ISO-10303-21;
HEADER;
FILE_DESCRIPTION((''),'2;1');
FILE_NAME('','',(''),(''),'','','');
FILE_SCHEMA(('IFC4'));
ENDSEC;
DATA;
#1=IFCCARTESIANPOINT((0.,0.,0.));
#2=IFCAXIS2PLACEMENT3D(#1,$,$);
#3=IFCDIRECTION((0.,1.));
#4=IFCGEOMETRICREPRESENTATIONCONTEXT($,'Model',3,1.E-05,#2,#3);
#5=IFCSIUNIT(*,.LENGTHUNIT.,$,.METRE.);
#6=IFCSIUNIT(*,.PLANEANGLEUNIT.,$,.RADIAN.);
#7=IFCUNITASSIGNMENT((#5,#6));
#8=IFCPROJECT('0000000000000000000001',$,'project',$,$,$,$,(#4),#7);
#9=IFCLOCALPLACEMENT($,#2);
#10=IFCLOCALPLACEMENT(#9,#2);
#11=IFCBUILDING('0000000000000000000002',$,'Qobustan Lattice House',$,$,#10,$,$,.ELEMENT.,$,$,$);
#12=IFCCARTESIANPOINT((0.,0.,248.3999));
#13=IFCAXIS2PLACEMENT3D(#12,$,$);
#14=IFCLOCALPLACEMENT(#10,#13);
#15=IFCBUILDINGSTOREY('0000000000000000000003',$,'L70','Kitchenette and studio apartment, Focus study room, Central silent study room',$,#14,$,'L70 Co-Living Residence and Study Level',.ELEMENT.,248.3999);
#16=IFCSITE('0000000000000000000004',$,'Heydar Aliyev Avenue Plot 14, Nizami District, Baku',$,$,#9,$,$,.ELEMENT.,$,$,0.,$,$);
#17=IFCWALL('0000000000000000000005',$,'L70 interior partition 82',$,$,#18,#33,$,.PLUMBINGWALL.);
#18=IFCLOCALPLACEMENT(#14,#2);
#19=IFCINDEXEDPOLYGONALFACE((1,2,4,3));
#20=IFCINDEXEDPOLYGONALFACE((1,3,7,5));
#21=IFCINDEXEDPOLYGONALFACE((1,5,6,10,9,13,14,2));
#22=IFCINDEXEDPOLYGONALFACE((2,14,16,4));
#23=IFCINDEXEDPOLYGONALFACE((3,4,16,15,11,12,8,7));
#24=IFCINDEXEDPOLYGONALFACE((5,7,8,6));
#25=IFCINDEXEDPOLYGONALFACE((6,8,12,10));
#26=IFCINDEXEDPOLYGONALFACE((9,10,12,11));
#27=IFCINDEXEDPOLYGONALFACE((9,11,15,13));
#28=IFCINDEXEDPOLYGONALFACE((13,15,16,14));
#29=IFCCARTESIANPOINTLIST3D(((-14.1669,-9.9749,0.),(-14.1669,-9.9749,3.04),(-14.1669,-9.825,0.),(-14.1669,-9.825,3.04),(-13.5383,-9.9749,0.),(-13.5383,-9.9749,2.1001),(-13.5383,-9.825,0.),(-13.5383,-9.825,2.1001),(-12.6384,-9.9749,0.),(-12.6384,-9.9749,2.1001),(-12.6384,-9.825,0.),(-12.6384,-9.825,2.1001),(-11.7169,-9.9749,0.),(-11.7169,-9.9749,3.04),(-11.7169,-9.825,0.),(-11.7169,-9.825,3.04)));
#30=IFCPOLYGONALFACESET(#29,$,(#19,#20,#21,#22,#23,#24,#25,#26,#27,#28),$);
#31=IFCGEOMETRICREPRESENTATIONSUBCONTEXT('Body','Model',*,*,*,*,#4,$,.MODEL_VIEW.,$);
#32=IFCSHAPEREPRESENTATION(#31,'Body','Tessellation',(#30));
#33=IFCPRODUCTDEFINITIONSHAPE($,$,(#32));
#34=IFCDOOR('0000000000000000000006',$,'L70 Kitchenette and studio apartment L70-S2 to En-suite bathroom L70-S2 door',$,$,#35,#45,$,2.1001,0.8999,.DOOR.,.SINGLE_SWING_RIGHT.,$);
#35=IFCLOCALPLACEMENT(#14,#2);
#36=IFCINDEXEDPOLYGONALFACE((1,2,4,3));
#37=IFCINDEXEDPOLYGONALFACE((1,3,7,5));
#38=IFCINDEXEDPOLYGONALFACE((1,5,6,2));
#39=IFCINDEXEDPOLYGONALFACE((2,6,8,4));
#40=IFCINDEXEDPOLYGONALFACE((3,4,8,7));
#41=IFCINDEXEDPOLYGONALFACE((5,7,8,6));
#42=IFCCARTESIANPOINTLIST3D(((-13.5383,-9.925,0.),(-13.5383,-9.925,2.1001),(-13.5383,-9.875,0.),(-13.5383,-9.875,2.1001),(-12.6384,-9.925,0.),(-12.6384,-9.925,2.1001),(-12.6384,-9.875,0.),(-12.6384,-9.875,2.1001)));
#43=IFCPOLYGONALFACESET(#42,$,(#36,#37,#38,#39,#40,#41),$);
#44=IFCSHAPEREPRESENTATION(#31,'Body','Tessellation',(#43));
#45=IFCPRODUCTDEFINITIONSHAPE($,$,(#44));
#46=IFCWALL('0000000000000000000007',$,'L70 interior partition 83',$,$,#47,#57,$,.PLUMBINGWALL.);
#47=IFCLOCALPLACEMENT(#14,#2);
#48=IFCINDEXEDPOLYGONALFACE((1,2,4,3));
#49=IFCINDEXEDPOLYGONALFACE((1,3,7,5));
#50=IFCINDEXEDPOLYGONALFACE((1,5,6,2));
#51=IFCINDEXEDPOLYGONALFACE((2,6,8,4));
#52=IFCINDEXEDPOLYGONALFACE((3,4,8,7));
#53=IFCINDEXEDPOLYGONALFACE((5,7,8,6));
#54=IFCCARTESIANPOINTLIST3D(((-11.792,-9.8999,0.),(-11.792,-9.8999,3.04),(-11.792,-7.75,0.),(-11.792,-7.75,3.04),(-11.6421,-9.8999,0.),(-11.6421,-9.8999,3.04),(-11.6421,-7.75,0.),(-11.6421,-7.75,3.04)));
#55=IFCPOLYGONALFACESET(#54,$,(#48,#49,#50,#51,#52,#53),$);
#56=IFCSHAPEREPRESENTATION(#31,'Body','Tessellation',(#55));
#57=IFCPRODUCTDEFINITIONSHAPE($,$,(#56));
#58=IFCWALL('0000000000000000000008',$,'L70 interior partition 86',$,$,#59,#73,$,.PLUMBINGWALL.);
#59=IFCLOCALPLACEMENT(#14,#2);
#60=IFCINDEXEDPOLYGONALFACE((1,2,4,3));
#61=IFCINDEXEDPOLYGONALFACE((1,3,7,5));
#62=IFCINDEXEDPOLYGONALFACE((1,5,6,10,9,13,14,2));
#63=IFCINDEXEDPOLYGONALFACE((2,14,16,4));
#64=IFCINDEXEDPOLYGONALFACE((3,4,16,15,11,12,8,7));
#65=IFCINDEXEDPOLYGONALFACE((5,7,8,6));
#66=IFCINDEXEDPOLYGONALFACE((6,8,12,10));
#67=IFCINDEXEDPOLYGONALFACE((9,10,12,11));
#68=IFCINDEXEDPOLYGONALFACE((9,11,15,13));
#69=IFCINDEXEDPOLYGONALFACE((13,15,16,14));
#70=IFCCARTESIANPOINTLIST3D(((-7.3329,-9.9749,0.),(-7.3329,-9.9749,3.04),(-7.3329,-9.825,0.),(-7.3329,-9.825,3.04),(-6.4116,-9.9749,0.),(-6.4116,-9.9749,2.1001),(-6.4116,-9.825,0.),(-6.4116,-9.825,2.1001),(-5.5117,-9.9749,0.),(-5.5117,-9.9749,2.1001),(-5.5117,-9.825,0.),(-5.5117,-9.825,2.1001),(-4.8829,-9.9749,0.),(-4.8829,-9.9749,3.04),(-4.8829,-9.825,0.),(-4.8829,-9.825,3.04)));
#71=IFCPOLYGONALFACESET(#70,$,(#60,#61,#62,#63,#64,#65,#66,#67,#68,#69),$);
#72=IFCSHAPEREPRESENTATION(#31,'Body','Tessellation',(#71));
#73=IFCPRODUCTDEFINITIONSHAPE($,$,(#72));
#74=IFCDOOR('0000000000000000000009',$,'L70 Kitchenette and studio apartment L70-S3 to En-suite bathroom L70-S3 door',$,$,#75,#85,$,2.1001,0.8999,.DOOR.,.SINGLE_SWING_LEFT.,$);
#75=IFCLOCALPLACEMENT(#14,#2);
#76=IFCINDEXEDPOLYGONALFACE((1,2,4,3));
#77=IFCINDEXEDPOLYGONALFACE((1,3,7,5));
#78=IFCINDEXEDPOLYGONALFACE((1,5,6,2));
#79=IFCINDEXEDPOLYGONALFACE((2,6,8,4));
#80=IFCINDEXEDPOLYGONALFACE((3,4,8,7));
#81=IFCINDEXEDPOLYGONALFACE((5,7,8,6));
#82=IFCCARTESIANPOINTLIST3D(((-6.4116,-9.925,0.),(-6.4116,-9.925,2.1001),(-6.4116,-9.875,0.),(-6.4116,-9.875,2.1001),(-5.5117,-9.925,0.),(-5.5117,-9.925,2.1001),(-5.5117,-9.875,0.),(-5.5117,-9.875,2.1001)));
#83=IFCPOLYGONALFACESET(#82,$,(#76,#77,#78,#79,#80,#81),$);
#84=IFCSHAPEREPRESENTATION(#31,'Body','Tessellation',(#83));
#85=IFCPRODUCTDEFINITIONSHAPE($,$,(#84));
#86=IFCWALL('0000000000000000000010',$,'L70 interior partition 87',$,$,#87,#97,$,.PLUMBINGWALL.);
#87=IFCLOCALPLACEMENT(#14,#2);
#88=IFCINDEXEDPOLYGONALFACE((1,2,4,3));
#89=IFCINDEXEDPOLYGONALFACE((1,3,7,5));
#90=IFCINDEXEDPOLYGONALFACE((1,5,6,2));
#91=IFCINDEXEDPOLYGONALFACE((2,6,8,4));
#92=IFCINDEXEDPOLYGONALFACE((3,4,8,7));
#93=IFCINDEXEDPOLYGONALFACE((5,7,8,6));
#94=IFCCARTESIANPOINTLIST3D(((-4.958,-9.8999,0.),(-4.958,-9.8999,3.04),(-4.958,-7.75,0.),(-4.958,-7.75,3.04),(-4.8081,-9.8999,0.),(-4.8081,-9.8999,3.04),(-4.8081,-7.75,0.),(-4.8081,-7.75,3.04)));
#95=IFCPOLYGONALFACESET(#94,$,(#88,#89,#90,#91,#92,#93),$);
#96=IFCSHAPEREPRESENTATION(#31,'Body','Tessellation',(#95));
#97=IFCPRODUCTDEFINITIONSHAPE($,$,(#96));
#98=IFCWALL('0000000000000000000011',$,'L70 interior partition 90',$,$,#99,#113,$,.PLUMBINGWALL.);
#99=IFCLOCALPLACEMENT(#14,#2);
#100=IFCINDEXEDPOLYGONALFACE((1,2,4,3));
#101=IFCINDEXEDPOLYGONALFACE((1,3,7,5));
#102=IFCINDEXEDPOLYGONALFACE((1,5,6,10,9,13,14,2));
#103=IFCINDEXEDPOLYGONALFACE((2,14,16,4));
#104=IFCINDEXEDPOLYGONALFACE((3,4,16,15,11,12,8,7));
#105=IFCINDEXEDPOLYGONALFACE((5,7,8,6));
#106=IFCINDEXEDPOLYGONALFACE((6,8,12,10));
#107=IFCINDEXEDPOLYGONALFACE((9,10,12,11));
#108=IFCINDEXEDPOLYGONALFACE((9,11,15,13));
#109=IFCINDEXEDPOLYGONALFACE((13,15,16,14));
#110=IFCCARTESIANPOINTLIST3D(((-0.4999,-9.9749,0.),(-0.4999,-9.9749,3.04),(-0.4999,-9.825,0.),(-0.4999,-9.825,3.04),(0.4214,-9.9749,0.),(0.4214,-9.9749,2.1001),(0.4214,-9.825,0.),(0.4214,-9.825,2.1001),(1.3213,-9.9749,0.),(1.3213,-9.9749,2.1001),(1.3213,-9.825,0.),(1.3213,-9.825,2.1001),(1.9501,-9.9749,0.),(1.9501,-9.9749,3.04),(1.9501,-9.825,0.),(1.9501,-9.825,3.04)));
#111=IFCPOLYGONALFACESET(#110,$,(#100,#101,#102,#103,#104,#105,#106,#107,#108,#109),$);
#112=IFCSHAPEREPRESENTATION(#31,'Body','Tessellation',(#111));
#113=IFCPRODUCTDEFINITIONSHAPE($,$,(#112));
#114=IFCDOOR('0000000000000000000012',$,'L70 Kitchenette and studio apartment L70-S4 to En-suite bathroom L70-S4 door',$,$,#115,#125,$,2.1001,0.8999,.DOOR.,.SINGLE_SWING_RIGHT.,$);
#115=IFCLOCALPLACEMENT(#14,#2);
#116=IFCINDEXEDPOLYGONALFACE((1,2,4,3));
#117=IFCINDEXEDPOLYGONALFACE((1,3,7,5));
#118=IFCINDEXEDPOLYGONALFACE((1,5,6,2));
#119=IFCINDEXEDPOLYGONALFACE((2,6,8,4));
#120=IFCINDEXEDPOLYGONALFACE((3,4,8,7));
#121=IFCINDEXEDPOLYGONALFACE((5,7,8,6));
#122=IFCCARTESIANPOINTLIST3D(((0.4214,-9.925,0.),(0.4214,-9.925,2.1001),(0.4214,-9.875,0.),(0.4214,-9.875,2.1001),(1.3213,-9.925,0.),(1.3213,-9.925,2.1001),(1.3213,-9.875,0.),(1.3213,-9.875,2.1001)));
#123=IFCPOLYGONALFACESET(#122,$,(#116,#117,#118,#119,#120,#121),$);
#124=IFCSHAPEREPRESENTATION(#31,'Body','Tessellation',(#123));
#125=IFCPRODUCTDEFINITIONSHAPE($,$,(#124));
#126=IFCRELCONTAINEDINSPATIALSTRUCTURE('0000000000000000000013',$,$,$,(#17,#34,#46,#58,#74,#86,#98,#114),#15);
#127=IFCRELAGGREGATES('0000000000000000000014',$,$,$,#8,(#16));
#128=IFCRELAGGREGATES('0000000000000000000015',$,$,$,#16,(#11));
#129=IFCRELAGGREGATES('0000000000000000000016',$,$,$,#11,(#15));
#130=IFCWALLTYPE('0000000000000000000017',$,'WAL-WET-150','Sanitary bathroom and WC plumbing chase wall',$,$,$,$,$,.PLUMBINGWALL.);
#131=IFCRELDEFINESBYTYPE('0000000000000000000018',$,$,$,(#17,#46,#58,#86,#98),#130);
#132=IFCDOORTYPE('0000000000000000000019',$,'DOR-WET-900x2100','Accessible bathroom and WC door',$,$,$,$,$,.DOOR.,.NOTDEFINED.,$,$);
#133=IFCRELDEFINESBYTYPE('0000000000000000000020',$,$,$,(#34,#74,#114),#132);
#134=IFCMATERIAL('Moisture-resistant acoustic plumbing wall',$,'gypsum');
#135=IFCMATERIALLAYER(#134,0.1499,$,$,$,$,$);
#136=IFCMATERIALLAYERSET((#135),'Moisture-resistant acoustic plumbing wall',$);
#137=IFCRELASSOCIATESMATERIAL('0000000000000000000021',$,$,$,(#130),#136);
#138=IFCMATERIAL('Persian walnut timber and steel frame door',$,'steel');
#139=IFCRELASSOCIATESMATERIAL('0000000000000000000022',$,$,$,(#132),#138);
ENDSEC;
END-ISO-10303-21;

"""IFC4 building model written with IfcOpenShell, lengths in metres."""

from ifc_helpers import new_model, si_unit, direction, frame, frame_2d, origin, place, context, subcontext, project, spatial, rectangle, extrude, material, layer, layer_set, type_object, element, fill, save


model = new_model("IFC4")

# Units and contexts
model_context = context("Model", 3, precision=1e-05, world=origin(), true_north=direction((0.0, 1.0)))
body_context = subcontext(model_context, "Body", "Model", "MODEL_VIEW")
ifc_project = project(units=[si_unit("LENGTHUNIT", "METRE"), si_unit("PLANEANGLEUNIT", "RADIAN")], contexts=[model_context])

# Site, building, storey
site_placement = place(None, origin())
site = spatial("IfcSite", under=ifc_project, at=site_placement, Name="Heydar Aliyev Avenue Plot 14, Nizami District, Baku", CompositionType="ELEMENT", RefElevation=0.0)
building_placement = place(site_placement, origin())
building = spatial("IfcBuilding", under=site, at=building_placement, Name="Qobustan Lattice House", CompositionType="ELEMENT")
storey_placement = place(building_placement, frame((0.0, 0.0, 248.3999)))
storey = spatial("IfcBuildingStorey", under=building, at=storey_placement, Name="L70", Description="Kitchenette and studio apartment, Focus study room, Central silent study room", LongName="L70 Co-Living Residence and Study Level", CompositionType="ELEMENT", Elevation=248.3999)

# Wall, opening, door
ifc_material_1 = material(Name="Moisture-resistant acoustic plumbing wall", Category="gypsum")
ifc_layer_1 = layer(ifc_material_1, 0.1499)
ifc_layer_set_1 = layer_set([ifc_layer_1], Name="Moisture-resistant acoustic plumbing wall")
wall_type_1 = type_object("IfcWallType", Name="WAL-WET-150", Description="Sanitary bathroom and WC plumbing chase wall", PredefinedType="PLUMBINGWALL", material=ifc_layer_set_1)
wall_1_placement = place(storey_placement, frame((-14.167, -9.8999, 0.0), z_axis=(0.0, 0.0, 1.0), x_axis=(1.0, 0.0, 0.0)))
wall_1 = element("IfcWall", 1, at=wall_1_placement, inside=storey, type_object=wall_type_1, Name="L70 interior partition 82", PredefinedType="PLUMBINGWALL", context=body_context, shape_type="SweptSolid", body=[
    extrude(rectangle(XDim=2.45, YDim=0.1499, at=frame_2d((1.2251, 0.0))), origin(), (0.0, 0.0, 1.0), 3.04),
])
opening_1_placement = place(wall_1_placement, frame((0.6287, 0.0, 0.0)))
opening_1 = element("IfcOpeningElement", 2, at=opening_1_placement, cuts=wall_1, PredefinedType="OPENING", context=body_context, shape_type="SweptSolid", body=[
    extrude(rectangle(XDim=0.8999, YDim=2.1001, at=frame_2d((0.45, 1.05))), frame((0.0, 0.085, 0.0), z_axis=(0.0, -1.0, 0.0), x_axis=(1.0, 0.0, 0.0)), (0.0, 0.0, 1.0), 0.1699),
])
ifc_material_2 = material(Name="Persian walnut timber and steel frame door", Category="steel")
door_type_1 = type_object("IfcDoorType", Name="DOR-WET-900x2100", Description="Accessible bathroom and WC door", OperationType="NOTDEFINED", PredefinedType="DOOR", material=ifc_material_2)
door_1_placement = place(opening_1_placement, origin())
door_1 = element("IfcDoor", 3, at=door_1_placement, inside=storey, type_object=door_type_1, Name="L70 Kitchenette and studio apartment L70-S2 to En-suite bathroom L70-S2 door", OperationType="SINGLE_SWING_RIGHT", OverallHeight=2.1001, OverallWidth=0.8999, PredefinedType="DOOR", context=body_context, shape_type="SweptSolid", body=[
    extrude(rectangle(XDim=0.8999, YDim=2.1001, at=frame_2d((0.45, 1.05))), frame((0.0, 0.0249, 0.0), z_axis=(0.0, -1.0, 0.0), x_axis=(1.0, 0.0, 0.0)), (0.0, 0.0, 1.0), 0.05),
])
fill(opening_1, door_1)

# Wall
wall_2_placement = place(storey_placement, frame((-11.717, -9.8999, 0.0), z_axis=(0.0, 0.0, 1.0), x_axis=(0.0, 1.0, 0.0)))
element("IfcWall", 4, at=wall_2_placement, inside=storey, type_object=wall_type_1, Name="L70 interior partition 83", PredefinedType="PLUMBINGWALL", context=body_context, shape_type="SweptSolid", body=[
    extrude(rectangle(XDim=2.1499, YDim=0.1499, at=frame_2d((1.075, 0.0))), origin(), (0.0, 0.0, 1.0), 3.04),
])

# Wall, opening, door
wall_3_placement = place(storey_placement, frame((-7.333, -9.8999, 0.0), z_axis=(0.0, 0.0, 1.0), x_axis=(1.0, 0.0, 0.0)))
wall_3 = element("IfcWall", 5, at=wall_3_placement, inside=storey, type_object=wall_type_1, Name="L70 interior partition 86", PredefinedType="PLUMBINGWALL", context=body_context, shape_type="SweptSolid", body=[
    extrude(rectangle(XDim=2.45, YDim=0.1499, at=frame_2d((1.2251, 0.0))), origin(), (0.0, 0.0, 1.0), 3.04),
])
opening_2_placement = place(wall_3_placement, frame((0.9214, 0.0, 0.0)))
opening_2 = element("IfcOpeningElement", 6, at=opening_2_placement, cuts=wall_3, PredefinedType="OPENING", context=body_context, shape_type="SweptSolid", body=[
    extrude(rectangle(XDim=0.8999, YDim=2.1001, at=frame_2d((0.45, 1.05))), frame((0.0, 0.085, 0.0), z_axis=(0.0, -1.0, 0.0), x_axis=(1.0, 0.0, 0.0)), (0.0, 0.0, 1.0), 0.1699),
])
door_2_placement = place(opening_2_placement, origin())
door_2 = element("IfcDoor", 7, at=door_2_placement, inside=storey, type_object=door_type_1, Name="L70 Kitchenette and studio apartment L70-S3 to En-suite bathroom L70-S3 door", OperationType="SINGLE_SWING_LEFT", OverallHeight=2.1001, OverallWidth=0.8999, PredefinedType="DOOR", context=body_context, shape_type="SweptSolid", body=[
    extrude(rectangle(XDim=0.8999, YDim=2.1001, at=frame_2d((0.45, 1.05))), frame((0.0, 0.0249, 0.0), z_axis=(0.0, -1.0, 0.0), x_axis=(1.0, 0.0, 0.0)), (0.0, 0.0, 1.0), 0.05),
])
fill(opening_2, door_2)

# Wall
wall_4_placement = place(storey_placement, frame((-4.8831, -9.8999, 0.0), z_axis=(0.0, 0.0, 1.0), x_axis=(0.0, 1.0, 0.0)))
element("IfcWall", 8, at=wall_4_placement, inside=storey, type_object=wall_type_1, Name="L70 interior partition 87", PredefinedType="PLUMBINGWALL", context=body_context, shape_type="SweptSolid", body=[
    extrude(rectangle(XDim=2.1499, YDim=0.1499, at=frame_2d((1.075, 0.0))), origin(), (0.0, 0.0, 1.0), 3.04),
])

# Wall, opening, door
wall_5_placement = place(storey_placement, frame((-0.5, -9.8999, 0.0), z_axis=(0.0, 0.0, 1.0), x_axis=(1.0, 0.0, 0.0)))
wall_5 = element("IfcWall", 9, at=wall_5_placement, inside=storey, type_object=wall_type_1, Name="L70 interior partition 90", PredefinedType="PLUMBINGWALL", context=body_context, shape_type="SweptSolid", body=[
    extrude(rectangle(XDim=2.45, YDim=0.1499, at=frame_2d((1.2251, 0.0))), origin(), (0.0, 0.0, 1.0), 3.04),
])
opening_3_placement = place(wall_5_placement, frame((0.9214, 0.0, 0.0)))
opening_3 = element("IfcOpeningElement", 10, at=opening_3_placement, cuts=wall_5, PredefinedType="OPENING", context=body_context, shape_type="SweptSolid", body=[
    extrude(rectangle(XDim=0.8999, YDim=2.1001, at=frame_2d((0.45, 1.05))), frame((0.0, 0.085, 0.0), z_axis=(0.0, -1.0, 0.0), x_axis=(1.0, 0.0, 0.0)), (0.0, 0.0, 1.0), 0.1699),
])
door_3_placement = place(opening_3_placement, origin())
door_3 = element("IfcDoor", 11, at=door_3_placement, inside=storey, type_object=door_type_1, Name="L70 Kitchenette and studio apartment L70-S4 to En-suite bathroom L70-S4 door", OperationType="SINGLE_SWING_RIGHT", OverallHeight=2.1001, OverallWidth=0.8999, PredefinedType="DOOR", context=body_context, shape_type="SweptSolid", body=[
    extrude(rectangle(XDim=0.8999, YDim=2.1001, at=frame_2d((0.45, 1.05))), frame((0.0, 0.0249, 0.0), z_axis=(0.0, -1.0, 0.0), x_axis=(1.0, 0.0, 0.0)), (0.0, 0.0, 1.0), 0.05),
])
fill(opening_3, door_3)

save(model, "model.ifc")
